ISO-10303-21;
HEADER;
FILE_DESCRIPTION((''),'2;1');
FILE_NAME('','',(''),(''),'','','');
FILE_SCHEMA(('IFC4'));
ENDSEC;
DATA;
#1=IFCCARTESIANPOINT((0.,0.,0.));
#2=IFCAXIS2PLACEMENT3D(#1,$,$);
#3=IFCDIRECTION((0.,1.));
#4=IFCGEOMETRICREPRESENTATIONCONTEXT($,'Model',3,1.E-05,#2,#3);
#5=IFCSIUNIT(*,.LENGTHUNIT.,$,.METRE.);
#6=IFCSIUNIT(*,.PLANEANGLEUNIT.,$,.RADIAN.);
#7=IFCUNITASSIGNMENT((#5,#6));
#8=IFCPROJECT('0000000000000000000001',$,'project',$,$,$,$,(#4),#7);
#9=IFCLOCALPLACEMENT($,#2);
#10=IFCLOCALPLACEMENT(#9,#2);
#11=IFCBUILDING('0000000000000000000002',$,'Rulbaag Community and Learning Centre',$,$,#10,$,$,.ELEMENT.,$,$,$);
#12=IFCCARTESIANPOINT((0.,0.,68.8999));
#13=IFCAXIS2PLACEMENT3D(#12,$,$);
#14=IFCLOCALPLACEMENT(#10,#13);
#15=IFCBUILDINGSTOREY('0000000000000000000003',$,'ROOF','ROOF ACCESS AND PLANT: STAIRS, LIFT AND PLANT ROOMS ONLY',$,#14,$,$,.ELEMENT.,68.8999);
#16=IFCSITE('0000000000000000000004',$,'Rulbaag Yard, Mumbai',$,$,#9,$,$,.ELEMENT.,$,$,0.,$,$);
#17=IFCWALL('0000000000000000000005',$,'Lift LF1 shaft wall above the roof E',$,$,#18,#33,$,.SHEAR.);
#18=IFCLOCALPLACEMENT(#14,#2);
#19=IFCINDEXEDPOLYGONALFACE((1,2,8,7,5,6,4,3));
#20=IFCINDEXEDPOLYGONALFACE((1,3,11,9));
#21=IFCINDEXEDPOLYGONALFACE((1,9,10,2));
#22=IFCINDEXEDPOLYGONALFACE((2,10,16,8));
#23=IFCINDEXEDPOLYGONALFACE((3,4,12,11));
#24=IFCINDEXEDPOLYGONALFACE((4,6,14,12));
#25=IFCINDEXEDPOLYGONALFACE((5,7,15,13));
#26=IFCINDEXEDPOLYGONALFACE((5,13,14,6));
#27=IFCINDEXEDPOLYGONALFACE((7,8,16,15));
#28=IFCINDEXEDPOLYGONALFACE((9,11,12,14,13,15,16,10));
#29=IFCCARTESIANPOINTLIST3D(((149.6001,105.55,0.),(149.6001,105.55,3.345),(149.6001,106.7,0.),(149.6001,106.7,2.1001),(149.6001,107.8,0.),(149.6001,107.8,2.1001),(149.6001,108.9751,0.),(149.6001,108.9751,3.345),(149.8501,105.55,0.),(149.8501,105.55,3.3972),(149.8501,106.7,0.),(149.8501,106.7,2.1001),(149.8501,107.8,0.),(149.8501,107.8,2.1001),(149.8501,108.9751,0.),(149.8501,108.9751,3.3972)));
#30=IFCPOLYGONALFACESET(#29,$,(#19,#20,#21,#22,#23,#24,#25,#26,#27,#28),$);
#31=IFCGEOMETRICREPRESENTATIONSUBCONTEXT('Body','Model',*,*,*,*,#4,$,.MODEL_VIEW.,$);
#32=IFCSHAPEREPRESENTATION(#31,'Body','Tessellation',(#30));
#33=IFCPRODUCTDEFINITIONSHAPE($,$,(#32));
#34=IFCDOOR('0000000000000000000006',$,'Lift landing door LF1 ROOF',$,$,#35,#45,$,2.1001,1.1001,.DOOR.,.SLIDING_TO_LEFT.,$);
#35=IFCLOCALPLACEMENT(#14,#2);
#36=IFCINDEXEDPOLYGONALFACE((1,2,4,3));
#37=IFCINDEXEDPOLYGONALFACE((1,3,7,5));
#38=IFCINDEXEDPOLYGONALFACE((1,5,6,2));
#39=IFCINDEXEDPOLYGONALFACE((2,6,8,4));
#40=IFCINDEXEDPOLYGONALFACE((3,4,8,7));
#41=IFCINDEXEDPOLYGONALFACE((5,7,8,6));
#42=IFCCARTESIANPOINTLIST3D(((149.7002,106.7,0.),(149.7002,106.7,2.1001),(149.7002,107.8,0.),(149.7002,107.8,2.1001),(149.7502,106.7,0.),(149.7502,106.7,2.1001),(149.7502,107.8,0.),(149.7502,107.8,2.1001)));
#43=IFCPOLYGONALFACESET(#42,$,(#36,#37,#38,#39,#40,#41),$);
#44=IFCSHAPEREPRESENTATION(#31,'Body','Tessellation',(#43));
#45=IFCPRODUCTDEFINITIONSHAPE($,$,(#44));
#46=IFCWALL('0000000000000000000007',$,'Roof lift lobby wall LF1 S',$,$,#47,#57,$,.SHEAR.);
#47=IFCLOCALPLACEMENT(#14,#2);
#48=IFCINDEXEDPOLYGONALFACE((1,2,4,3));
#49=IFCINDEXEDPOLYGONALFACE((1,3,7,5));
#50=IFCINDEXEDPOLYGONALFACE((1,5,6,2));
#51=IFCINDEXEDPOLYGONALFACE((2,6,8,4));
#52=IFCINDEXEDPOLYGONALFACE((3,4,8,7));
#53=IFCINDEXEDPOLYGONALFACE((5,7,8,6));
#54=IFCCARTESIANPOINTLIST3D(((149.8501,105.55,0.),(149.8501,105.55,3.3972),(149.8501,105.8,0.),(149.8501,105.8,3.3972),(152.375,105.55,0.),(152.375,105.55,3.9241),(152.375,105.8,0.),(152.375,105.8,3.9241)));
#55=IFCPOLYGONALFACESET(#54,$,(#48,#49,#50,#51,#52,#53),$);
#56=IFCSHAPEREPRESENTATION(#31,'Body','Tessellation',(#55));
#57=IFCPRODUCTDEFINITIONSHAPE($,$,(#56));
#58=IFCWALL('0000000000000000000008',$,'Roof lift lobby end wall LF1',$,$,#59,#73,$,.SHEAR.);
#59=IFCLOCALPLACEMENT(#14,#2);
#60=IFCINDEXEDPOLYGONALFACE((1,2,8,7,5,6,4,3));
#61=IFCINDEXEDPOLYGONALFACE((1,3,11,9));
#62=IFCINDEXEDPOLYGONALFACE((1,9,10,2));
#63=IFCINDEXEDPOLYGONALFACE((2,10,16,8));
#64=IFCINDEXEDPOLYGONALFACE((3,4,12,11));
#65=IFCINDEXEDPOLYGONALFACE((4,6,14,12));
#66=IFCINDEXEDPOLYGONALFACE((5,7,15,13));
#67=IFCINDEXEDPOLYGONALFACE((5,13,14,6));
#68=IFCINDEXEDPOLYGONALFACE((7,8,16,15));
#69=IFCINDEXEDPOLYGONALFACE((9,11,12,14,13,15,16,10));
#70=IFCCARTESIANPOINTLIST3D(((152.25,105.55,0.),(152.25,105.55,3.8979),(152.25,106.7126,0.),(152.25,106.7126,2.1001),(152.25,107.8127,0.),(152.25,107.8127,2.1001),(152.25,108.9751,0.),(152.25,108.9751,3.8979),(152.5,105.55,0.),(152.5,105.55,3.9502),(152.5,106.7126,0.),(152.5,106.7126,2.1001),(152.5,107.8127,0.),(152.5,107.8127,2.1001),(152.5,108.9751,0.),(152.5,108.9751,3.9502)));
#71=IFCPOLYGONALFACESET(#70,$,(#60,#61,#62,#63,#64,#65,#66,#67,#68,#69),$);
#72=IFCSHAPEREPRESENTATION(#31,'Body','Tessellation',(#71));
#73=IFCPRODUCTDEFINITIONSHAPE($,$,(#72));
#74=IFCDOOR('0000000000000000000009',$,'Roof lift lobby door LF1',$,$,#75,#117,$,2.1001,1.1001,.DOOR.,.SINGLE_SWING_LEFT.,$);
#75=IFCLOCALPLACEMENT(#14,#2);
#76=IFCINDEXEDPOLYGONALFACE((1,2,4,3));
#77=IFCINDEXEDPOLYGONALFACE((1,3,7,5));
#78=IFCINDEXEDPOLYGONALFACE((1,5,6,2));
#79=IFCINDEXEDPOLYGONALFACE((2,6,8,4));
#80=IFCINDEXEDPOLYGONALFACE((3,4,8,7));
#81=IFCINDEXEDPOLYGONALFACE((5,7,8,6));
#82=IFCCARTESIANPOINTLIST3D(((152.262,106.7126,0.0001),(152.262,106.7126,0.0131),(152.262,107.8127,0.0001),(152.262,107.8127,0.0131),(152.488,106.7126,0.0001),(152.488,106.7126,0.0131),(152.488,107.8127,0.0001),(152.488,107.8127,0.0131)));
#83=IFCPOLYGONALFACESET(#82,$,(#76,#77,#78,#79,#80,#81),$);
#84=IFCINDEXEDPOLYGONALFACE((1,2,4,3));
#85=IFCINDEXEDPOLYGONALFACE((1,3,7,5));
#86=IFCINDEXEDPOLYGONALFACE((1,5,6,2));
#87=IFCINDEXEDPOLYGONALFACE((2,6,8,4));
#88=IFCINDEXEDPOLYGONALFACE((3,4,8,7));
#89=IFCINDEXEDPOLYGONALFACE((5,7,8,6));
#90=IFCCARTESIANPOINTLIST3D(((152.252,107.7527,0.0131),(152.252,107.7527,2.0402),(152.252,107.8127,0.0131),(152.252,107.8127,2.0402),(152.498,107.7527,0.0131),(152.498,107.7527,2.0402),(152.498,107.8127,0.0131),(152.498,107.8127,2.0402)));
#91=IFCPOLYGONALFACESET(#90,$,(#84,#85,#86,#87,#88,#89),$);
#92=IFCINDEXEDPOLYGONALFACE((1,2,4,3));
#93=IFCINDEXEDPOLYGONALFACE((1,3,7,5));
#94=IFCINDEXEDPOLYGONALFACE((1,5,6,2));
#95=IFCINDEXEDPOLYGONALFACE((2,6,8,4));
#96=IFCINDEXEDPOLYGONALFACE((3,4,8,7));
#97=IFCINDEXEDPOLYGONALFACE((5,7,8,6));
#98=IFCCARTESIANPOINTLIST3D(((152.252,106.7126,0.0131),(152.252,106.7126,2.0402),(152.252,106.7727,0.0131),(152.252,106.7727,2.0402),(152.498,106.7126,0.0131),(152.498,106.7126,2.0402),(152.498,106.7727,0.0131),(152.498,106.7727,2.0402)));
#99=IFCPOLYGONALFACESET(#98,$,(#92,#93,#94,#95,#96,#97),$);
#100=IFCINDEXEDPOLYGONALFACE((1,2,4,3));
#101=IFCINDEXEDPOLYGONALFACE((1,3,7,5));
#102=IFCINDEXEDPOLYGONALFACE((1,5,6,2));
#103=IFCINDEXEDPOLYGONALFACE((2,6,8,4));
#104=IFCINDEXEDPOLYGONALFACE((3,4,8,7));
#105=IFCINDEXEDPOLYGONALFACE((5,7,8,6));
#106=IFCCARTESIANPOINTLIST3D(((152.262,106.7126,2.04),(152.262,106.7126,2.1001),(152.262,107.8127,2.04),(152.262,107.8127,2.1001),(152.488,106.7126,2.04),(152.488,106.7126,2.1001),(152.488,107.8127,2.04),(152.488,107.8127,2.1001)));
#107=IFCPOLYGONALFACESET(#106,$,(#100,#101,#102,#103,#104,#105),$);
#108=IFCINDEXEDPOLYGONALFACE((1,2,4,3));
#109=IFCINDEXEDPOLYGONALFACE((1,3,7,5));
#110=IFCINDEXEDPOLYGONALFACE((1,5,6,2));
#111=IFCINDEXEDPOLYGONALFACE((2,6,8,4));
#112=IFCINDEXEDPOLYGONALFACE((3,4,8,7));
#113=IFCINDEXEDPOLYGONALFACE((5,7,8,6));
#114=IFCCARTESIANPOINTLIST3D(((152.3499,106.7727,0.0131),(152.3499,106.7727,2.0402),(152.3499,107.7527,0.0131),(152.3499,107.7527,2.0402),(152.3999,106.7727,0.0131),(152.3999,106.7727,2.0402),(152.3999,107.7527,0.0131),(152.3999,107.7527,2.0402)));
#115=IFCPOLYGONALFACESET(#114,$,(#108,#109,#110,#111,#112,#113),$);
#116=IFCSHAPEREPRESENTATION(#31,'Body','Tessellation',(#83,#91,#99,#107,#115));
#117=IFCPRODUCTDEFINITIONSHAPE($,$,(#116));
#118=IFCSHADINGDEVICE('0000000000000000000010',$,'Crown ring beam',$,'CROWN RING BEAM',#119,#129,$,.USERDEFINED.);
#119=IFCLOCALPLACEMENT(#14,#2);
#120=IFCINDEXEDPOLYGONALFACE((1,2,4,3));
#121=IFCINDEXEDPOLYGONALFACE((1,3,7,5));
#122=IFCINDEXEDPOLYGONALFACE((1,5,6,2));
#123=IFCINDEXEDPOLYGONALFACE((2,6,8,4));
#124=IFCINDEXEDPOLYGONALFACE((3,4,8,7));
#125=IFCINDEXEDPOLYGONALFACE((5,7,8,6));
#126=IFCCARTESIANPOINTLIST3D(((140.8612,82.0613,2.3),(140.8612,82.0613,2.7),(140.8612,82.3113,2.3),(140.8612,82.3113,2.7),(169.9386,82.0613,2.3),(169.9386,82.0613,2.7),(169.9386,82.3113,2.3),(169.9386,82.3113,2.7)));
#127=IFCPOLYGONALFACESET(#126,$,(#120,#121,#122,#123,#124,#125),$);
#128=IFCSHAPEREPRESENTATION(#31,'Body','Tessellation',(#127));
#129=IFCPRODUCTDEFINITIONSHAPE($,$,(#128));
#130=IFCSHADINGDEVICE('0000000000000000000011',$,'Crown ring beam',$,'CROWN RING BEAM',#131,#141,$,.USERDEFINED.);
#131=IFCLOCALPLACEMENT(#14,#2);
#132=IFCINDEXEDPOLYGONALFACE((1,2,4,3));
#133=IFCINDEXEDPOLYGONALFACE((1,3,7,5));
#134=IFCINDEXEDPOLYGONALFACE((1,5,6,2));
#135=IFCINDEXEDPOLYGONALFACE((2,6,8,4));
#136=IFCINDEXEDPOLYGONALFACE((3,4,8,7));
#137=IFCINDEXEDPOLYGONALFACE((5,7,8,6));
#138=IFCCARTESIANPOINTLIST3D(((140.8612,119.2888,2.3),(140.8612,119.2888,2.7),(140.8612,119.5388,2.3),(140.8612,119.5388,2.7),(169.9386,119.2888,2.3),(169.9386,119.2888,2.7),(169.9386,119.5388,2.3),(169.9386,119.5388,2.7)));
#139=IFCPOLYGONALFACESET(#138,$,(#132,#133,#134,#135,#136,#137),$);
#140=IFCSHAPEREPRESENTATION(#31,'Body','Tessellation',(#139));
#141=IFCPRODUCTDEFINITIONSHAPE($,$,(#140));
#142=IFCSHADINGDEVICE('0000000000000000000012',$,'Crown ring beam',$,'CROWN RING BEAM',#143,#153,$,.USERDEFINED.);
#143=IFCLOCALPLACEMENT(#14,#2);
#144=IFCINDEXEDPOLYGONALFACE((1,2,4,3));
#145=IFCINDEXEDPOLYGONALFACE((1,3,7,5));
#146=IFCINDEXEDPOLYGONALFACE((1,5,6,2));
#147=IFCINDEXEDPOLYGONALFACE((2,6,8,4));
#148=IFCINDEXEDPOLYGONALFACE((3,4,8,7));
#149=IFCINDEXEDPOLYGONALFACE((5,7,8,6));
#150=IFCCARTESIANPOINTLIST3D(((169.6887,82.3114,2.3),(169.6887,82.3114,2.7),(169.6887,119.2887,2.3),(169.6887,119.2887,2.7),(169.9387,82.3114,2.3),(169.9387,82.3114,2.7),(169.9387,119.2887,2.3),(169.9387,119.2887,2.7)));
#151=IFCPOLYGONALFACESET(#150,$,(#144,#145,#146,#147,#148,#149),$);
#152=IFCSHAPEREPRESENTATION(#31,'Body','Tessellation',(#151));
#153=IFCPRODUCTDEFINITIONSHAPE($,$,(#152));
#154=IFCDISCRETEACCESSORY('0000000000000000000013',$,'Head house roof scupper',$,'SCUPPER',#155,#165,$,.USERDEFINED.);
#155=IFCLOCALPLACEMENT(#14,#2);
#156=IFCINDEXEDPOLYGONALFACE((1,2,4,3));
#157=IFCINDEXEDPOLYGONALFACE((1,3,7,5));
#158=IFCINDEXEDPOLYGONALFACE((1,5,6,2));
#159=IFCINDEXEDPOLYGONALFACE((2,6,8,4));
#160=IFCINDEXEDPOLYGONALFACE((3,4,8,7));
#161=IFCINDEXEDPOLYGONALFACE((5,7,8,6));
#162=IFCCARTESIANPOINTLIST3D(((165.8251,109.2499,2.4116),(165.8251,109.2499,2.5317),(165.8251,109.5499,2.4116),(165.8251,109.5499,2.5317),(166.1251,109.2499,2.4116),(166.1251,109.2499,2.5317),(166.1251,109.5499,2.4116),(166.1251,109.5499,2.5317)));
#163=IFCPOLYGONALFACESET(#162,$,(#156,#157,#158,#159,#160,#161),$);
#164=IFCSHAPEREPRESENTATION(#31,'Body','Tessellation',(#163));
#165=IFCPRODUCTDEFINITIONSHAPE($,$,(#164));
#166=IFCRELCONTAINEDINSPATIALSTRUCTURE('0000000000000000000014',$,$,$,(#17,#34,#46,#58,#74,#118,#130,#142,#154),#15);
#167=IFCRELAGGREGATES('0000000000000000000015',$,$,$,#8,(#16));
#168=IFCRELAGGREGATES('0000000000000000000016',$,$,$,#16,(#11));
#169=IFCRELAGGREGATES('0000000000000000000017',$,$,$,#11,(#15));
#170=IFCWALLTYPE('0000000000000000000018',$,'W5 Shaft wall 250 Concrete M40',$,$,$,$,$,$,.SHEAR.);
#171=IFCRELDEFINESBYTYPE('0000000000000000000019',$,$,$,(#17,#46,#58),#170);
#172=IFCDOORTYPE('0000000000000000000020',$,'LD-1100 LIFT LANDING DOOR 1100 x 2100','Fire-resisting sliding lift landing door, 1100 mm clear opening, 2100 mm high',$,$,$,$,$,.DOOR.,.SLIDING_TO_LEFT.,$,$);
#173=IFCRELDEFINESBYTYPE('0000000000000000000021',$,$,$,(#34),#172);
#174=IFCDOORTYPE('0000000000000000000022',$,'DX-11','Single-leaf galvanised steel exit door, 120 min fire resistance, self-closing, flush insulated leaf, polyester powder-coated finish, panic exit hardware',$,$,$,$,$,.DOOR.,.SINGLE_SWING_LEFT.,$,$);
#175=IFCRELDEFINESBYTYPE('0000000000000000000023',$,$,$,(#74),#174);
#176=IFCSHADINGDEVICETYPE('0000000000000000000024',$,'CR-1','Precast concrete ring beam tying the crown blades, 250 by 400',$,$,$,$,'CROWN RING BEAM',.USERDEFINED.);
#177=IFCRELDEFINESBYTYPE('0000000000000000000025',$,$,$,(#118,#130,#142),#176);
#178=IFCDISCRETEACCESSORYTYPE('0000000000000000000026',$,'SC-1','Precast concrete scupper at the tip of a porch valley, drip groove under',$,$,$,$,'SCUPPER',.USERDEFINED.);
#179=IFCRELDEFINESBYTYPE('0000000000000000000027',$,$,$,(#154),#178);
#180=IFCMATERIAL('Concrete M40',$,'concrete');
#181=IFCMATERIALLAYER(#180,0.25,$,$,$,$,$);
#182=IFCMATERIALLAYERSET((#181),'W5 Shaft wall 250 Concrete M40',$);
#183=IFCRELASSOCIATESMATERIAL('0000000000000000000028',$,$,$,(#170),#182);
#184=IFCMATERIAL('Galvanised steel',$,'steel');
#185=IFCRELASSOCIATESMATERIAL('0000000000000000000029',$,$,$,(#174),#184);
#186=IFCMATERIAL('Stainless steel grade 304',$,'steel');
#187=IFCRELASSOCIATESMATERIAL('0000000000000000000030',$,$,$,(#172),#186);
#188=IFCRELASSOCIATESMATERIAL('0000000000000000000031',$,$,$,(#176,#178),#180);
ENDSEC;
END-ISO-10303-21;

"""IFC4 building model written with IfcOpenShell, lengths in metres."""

from ifc_helpers import new_model, si_unit, direction, frame, frame_2d, origin, origin_2d, place, context, subcontext, project, spatial, polyline, rectangle, outline, extrude, material, layer, layer_set, type_object, element, fill, save


model = new_model("IFC4")

# Units and contexts
model_context = context("Model", 3, precision=1e-05, world=origin(), true_north=direction((0.0, 1.0)))
body_context = subcontext(model_context, "Body", "Model", "MODEL_VIEW")
ifc_project = project(units=[si_unit("LENGTHUNIT", "METRE"), si_unit("PLANEANGLEUNIT", "RADIAN")], contexts=[model_context])

# Site, building, storey
site_placement = place(None, origin())
site = spatial("IfcSite", under=ifc_project, at=site_placement, Name="Rulbaag Yard, Mumbai", CompositionType="ELEMENT", RefElevation=0.0)
building_placement = place(site_placement, origin())
building = spatial("IfcBuilding", under=site, at=building_placement, Name="Rulbaag Community and Learning Centre", CompositionType="ELEMENT")
storey_placement = place(building_placement, frame((0.0, 0.0, 68.8999)))
storey = spatial("IfcBuildingStorey", under=building, at=storey_placement, Name="ROOF", Description="ROOF ACCESS AND PLANT: STAIRS, LIFT AND PLANT ROOMS ONLY", CompositionType="ELEMENT", Elevation=68.8999)

# Shared definitions
ifc_material_1 = material(Name="Concrete M40", Category="concrete")

# Shared definitions
ifc_layer_1 = layer(ifc_material_1, 0.25)
ifc_layer_set_1 = layer_set([ifc_layer_1], Name="W5 Shaft wall 250 Concrete M40")
wall_type_1 = type_object("IfcWallType", Name="W5 Shaft wall 250 Concrete M40", PredefinedType="SHEAR", material=ifc_layer_set_1)

# Shared definitions
ifc_material_2 = material(Name="Galvanised steel", Category="steel")
door_type_1 = type_object("IfcDoorType", Name="DX-11", Description="Single-leaf galvanised steel exit door, 120 min fire resistance, self-closing, flush insulated leaf, polyester powder-coated finish, panic exit hardware", OperationType="SINGLE_SWING_LEFT", PredefinedType="DOOR", material=ifc_material_2)

# Wall, opening, door
wall_1_placement = place(storey_placement, frame((149.7251, 105.55, 0.0), z_axis=(0.0, 0.0, 1.0), x_axis=(0.0, 1.0, 0.0)))
wall_1 = element("IfcWall", 1, at=wall_1_placement, inside=storey, type_object=wall_type_1, Name="Lift LF1 shaft wall above the roof E", PredefinedType="SHEAR", context=body_context, shape_type="SweptSolid", body=[
    extrude(outline(polyline([(-0.125, 0.0), (0.125, 0.0), (0.125, 3.345), (-0.125, 3.3972), (-0.125, 0.0)])), frame((0.0, 0.0, 0.0), z_axis=(1.0, 0.0, 0.0), x_axis=(0.0, 1.0, 0.0)), (0.0, 0.0, 1.0), 3.425),
])
opening_1_placement = place(wall_1_placement, frame((1.1499, 0.0, 0.0)))
opening_1 = element("IfcOpeningElement", 2, at=opening_1_placement, cuts=wall_1, PredefinedType="OPENING", context=body_context, shape_type="SweptSolid", body=[
    extrude(rectangle(XDim=1.1001, YDim=2.1001, at=frame_2d((0.55, 1.05))), frame((0.0, 0.135, 0.0), z_axis=(0.0, -1.0, 0.0), x_axis=(1.0, 0.0, 0.0)), (0.0, 0.0, 1.0), 0.27),
])
ifc_material_3 = material(Name="Stainless steel grade 304", Category="steel")
door_type_2 = type_object("IfcDoorType", Name="LD-1100 LIFT LANDING DOOR 1100 x 2100", Description="Fire-resisting sliding lift landing door, 1100 mm clear opening, 2100 mm high", OperationType="SLIDING_TO_LEFT", PredefinedType="DOOR", material=ifc_material_3)
door_1_placement = place(opening_1_placement, origin())
door_1 = element("IfcDoor", 3, at=door_1_placement, inside=storey, type_object=door_type_2, Name="Lift landing door LF1 ROOF", OperationType="SLIDING_TO_LEFT", OverallHeight=2.1001, OverallWidth=1.1001, PredefinedType="DOOR", context=body_context, shape_type="SweptSolid", body=[
    extrude(rectangle(XDim=1.1001, YDim=2.1001, at=frame_2d((0.55, 1.05))), frame((0.0, 0.0249, 0.0), z_axis=(0.0, -1.0, 0.0), x_axis=(1.0, 0.0, 0.0)), (0.0, 0.0, 1.0), 0.05),
])
fill(opening_1, door_1)

# Wall
wall_2_placement = place(storey_placement, frame((149.8501, 105.675, 0.0), z_axis=(0.0, 0.0, 1.0), x_axis=(1.0, 0.0, 0.0)))
element("IfcWall", 4, at=wall_2_placement, inside=storey, type_object=wall_type_1, Name="Roof lift lobby wall LF1 S", PredefinedType="SHEAR", context=body_context, shape_type="SweptSolid", body=[
    extrude(outline(polyline([(0.0, 0.0), (2.5249, 0.0), (2.5249, 3.9241), (0.0, 3.3972), (0.0, 0.0)])), frame((0.0, 0.125, 0.0), z_axis=(0.0, -1.0, 0.0), x_axis=(1.0, 0.0, 0.0)), (0.0, 0.0, 1.0), 0.25),
])

# Wall, opening, door
wall_3_placement = place(storey_placement, frame((152.375, 105.55, 0.0), z_axis=(0.0, 0.0, 1.0), x_axis=(0.0, 1.0, 0.0)))
wall_3 = element("IfcWall", 5, at=wall_3_placement, inside=storey, type_object=wall_type_1, Name="Roof lift lobby end wall LF1", PredefinedType="SHEAR", context=body_context, shape_type="SweptSolid", body=[
    extrude(outline(polyline([(-0.125, 0.0), (0.125, 0.0), (0.125, 3.8979), (-0.125, 3.9502), (-0.125, 0.0)])), frame((0.0, 0.0, 0.0), z_axis=(1.0, 0.0, 0.0), x_axis=(0.0, 1.0, 0.0)), (0.0, 0.0, 1.0), 3.425),
])
opening_2_placement = place(wall_3_placement, frame((2.2627, 0.0, 0.0), z_axis=(0.0, 0.0, 1.0), x_axis=(-1.0, 0.0, 0.0)))
opening_2 = element("IfcOpeningElement", 6, at=opening_2_placement, cuts=wall_3, PredefinedType="OPENING", context=body_context, shape_type="SweptSolid", body=[
    extrude(rectangle(XDim=1.1001, YDim=2.1001, at=frame_2d((0.55, 1.05))), frame((0.0, 0.135, 0.0), z_axis=(0.0, -1.0, 0.0), x_axis=(1.0, 0.0, 0.0)), (0.0, 0.0, 1.0), 0.27),
])
door_2_placement = place(opening_2_placement, origin())
door_2 = element("IfcDoor", 7, at=door_2_placement, inside=storey, type_object=door_type_1, Name="Roof lift lobby door LF1", OperationType="SINGLE_SWING_LEFT", OverallHeight=2.1001, OverallWidth=1.1001, PredefinedType="DOOR", context=body_context, shape_type="SweptSolid", body=[
    extrude(rectangle(XDim=1.1001, YDim=0.0129, at=frame_2d((0.55, 0.0066))), frame((0.0, 0.113, 0.0), z_axis=(0.0, -1.0, 0.0), x_axis=(1.0, 0.0, 0.0)), (0.0, 0.0, 1.0), 0.2261),
    extrude(rectangle(XDim=0.0601, YDim=2.0271, at=frame_2d((0.03, 1.0266))), frame((0.0, 0.123, 0.0), z_axis=(0.0, -1.0, 0.0), x_axis=(1.0, 0.0, 0.0)), (0.0, 0.0, 1.0), 0.2461),
    extrude(rectangle(XDim=0.0601, YDim=2.0271, at=frame_2d((1.0701, 1.0266))), frame((0.0, 0.123, 0.0), z_axis=(0.0, -1.0, 0.0), x_axis=(1.0, 0.0, 0.0)), (0.0, 0.0, 1.0), 0.2461),
    extrude(rectangle(XDim=1.1001, YDim=0.0601, at=frame_2d((0.55, 2.0701))), frame((0.0, 0.113, 0.0), z_axis=(0.0, -1.0, 0.0), x_axis=(1.0, 0.0, 0.0)), (0.0, 0.0, 1.0), 0.2261),
    extrude(rectangle(XDim=0.98, YDim=2.0271, at=frame_2d((0.55, 1.0266))), frame((0.0, 0.0249, 0.0), z_axis=(0.0, -1.0, 0.0), x_axis=(1.0, 0.0, 0.0)), (0.0, 0.0, 1.0), 0.05),
])
fill(opening_2, door_2)

# Shading devices
shading_device_type = type_object("IfcShadingDeviceType", Name="CR-1", Description="Precast concrete ring beam tying the crown blades, 250 by 400", ElementType="CROWN RING BEAM", PredefinedType="USERDEFINED", material=ifc_material_1)
for number, where, z_axis, x_axis, name in (
    (8, (155.3999, 82.1863, 2.3), (0.0, 0.0, 1.0), (1.0, 0.0, 0.0), "Crown ring beam"),
    (9, (155.3999, 119.4138, 2.3), (0.0, 0.0, 1.0), (1.0, 0.0, 0.0), "Crown ring beam"),
):
    element("IfcShadingDevice", number, at=place(storey_placement, frame(where, z_axis=z_axis, x_axis=x_axis)), inside=storey, type_object=shading_device_type, Name=name, ObjectType="CROWN RING BEAM", PredefinedType="USERDEFINED", context=body_context, shape_type="SweptSolid", body=[
        extrude(rectangle(XDim=29.0774, YDim=0.25, at=origin_2d()), origin(), (0.0, 0.0, 1.0), 0.3999),
    ])
shading_device_placement = place(storey_placement, frame((169.8137, 100.8, 2.3), z_axis=(0.0, 0.0, 1.0), x_axis=(1.0, 0.0, 0.0)))
element("IfcShadingDevice", 10, at=shading_device_placement, inside=storey, type_object=shading_device_type, Name="Crown ring beam", ObjectType="CROWN RING BEAM", PredefinedType="USERDEFINED", context=body_context, shape_type="SweptSolid", body=[
    extrude(rectangle(XDim=0.25, YDim=36.9773, at=origin_2d()), origin(), (0.0, 0.0, 1.0), 0.3999),
])

# Discrete accessory
discrete_accessory_type = type_object("IfcDiscreteAccessoryType", Name="SC-1", Description="Precast concrete scupper at the tip of a porch valley, drip groove under", ElementType="SCUPPER", PredefinedType="USERDEFINED", material=ifc_material_1)
discrete_accessory_placement = place(storey_placement, frame((165.9751, 109.3999, 2.4116), z_axis=(0.0, 0.0, 1.0), x_axis=(1.0, 0.0, 0.0)))
element("IfcDiscreteAccessory", 11, at=discrete_accessory_placement, inside=storey, type_object=discrete_accessory_type, Name="Head house roof scupper", ObjectType="SCUPPER", PredefinedType="USERDEFINED", context=body_context, shape_type="SweptSolid", body=[
    extrude(rectangle(XDim=0.3, YDim=0.3, at=origin_2d()), origin(), (0.0, 0.0, 1.0), 0.1201),
])

save(model, "model.ifc")
